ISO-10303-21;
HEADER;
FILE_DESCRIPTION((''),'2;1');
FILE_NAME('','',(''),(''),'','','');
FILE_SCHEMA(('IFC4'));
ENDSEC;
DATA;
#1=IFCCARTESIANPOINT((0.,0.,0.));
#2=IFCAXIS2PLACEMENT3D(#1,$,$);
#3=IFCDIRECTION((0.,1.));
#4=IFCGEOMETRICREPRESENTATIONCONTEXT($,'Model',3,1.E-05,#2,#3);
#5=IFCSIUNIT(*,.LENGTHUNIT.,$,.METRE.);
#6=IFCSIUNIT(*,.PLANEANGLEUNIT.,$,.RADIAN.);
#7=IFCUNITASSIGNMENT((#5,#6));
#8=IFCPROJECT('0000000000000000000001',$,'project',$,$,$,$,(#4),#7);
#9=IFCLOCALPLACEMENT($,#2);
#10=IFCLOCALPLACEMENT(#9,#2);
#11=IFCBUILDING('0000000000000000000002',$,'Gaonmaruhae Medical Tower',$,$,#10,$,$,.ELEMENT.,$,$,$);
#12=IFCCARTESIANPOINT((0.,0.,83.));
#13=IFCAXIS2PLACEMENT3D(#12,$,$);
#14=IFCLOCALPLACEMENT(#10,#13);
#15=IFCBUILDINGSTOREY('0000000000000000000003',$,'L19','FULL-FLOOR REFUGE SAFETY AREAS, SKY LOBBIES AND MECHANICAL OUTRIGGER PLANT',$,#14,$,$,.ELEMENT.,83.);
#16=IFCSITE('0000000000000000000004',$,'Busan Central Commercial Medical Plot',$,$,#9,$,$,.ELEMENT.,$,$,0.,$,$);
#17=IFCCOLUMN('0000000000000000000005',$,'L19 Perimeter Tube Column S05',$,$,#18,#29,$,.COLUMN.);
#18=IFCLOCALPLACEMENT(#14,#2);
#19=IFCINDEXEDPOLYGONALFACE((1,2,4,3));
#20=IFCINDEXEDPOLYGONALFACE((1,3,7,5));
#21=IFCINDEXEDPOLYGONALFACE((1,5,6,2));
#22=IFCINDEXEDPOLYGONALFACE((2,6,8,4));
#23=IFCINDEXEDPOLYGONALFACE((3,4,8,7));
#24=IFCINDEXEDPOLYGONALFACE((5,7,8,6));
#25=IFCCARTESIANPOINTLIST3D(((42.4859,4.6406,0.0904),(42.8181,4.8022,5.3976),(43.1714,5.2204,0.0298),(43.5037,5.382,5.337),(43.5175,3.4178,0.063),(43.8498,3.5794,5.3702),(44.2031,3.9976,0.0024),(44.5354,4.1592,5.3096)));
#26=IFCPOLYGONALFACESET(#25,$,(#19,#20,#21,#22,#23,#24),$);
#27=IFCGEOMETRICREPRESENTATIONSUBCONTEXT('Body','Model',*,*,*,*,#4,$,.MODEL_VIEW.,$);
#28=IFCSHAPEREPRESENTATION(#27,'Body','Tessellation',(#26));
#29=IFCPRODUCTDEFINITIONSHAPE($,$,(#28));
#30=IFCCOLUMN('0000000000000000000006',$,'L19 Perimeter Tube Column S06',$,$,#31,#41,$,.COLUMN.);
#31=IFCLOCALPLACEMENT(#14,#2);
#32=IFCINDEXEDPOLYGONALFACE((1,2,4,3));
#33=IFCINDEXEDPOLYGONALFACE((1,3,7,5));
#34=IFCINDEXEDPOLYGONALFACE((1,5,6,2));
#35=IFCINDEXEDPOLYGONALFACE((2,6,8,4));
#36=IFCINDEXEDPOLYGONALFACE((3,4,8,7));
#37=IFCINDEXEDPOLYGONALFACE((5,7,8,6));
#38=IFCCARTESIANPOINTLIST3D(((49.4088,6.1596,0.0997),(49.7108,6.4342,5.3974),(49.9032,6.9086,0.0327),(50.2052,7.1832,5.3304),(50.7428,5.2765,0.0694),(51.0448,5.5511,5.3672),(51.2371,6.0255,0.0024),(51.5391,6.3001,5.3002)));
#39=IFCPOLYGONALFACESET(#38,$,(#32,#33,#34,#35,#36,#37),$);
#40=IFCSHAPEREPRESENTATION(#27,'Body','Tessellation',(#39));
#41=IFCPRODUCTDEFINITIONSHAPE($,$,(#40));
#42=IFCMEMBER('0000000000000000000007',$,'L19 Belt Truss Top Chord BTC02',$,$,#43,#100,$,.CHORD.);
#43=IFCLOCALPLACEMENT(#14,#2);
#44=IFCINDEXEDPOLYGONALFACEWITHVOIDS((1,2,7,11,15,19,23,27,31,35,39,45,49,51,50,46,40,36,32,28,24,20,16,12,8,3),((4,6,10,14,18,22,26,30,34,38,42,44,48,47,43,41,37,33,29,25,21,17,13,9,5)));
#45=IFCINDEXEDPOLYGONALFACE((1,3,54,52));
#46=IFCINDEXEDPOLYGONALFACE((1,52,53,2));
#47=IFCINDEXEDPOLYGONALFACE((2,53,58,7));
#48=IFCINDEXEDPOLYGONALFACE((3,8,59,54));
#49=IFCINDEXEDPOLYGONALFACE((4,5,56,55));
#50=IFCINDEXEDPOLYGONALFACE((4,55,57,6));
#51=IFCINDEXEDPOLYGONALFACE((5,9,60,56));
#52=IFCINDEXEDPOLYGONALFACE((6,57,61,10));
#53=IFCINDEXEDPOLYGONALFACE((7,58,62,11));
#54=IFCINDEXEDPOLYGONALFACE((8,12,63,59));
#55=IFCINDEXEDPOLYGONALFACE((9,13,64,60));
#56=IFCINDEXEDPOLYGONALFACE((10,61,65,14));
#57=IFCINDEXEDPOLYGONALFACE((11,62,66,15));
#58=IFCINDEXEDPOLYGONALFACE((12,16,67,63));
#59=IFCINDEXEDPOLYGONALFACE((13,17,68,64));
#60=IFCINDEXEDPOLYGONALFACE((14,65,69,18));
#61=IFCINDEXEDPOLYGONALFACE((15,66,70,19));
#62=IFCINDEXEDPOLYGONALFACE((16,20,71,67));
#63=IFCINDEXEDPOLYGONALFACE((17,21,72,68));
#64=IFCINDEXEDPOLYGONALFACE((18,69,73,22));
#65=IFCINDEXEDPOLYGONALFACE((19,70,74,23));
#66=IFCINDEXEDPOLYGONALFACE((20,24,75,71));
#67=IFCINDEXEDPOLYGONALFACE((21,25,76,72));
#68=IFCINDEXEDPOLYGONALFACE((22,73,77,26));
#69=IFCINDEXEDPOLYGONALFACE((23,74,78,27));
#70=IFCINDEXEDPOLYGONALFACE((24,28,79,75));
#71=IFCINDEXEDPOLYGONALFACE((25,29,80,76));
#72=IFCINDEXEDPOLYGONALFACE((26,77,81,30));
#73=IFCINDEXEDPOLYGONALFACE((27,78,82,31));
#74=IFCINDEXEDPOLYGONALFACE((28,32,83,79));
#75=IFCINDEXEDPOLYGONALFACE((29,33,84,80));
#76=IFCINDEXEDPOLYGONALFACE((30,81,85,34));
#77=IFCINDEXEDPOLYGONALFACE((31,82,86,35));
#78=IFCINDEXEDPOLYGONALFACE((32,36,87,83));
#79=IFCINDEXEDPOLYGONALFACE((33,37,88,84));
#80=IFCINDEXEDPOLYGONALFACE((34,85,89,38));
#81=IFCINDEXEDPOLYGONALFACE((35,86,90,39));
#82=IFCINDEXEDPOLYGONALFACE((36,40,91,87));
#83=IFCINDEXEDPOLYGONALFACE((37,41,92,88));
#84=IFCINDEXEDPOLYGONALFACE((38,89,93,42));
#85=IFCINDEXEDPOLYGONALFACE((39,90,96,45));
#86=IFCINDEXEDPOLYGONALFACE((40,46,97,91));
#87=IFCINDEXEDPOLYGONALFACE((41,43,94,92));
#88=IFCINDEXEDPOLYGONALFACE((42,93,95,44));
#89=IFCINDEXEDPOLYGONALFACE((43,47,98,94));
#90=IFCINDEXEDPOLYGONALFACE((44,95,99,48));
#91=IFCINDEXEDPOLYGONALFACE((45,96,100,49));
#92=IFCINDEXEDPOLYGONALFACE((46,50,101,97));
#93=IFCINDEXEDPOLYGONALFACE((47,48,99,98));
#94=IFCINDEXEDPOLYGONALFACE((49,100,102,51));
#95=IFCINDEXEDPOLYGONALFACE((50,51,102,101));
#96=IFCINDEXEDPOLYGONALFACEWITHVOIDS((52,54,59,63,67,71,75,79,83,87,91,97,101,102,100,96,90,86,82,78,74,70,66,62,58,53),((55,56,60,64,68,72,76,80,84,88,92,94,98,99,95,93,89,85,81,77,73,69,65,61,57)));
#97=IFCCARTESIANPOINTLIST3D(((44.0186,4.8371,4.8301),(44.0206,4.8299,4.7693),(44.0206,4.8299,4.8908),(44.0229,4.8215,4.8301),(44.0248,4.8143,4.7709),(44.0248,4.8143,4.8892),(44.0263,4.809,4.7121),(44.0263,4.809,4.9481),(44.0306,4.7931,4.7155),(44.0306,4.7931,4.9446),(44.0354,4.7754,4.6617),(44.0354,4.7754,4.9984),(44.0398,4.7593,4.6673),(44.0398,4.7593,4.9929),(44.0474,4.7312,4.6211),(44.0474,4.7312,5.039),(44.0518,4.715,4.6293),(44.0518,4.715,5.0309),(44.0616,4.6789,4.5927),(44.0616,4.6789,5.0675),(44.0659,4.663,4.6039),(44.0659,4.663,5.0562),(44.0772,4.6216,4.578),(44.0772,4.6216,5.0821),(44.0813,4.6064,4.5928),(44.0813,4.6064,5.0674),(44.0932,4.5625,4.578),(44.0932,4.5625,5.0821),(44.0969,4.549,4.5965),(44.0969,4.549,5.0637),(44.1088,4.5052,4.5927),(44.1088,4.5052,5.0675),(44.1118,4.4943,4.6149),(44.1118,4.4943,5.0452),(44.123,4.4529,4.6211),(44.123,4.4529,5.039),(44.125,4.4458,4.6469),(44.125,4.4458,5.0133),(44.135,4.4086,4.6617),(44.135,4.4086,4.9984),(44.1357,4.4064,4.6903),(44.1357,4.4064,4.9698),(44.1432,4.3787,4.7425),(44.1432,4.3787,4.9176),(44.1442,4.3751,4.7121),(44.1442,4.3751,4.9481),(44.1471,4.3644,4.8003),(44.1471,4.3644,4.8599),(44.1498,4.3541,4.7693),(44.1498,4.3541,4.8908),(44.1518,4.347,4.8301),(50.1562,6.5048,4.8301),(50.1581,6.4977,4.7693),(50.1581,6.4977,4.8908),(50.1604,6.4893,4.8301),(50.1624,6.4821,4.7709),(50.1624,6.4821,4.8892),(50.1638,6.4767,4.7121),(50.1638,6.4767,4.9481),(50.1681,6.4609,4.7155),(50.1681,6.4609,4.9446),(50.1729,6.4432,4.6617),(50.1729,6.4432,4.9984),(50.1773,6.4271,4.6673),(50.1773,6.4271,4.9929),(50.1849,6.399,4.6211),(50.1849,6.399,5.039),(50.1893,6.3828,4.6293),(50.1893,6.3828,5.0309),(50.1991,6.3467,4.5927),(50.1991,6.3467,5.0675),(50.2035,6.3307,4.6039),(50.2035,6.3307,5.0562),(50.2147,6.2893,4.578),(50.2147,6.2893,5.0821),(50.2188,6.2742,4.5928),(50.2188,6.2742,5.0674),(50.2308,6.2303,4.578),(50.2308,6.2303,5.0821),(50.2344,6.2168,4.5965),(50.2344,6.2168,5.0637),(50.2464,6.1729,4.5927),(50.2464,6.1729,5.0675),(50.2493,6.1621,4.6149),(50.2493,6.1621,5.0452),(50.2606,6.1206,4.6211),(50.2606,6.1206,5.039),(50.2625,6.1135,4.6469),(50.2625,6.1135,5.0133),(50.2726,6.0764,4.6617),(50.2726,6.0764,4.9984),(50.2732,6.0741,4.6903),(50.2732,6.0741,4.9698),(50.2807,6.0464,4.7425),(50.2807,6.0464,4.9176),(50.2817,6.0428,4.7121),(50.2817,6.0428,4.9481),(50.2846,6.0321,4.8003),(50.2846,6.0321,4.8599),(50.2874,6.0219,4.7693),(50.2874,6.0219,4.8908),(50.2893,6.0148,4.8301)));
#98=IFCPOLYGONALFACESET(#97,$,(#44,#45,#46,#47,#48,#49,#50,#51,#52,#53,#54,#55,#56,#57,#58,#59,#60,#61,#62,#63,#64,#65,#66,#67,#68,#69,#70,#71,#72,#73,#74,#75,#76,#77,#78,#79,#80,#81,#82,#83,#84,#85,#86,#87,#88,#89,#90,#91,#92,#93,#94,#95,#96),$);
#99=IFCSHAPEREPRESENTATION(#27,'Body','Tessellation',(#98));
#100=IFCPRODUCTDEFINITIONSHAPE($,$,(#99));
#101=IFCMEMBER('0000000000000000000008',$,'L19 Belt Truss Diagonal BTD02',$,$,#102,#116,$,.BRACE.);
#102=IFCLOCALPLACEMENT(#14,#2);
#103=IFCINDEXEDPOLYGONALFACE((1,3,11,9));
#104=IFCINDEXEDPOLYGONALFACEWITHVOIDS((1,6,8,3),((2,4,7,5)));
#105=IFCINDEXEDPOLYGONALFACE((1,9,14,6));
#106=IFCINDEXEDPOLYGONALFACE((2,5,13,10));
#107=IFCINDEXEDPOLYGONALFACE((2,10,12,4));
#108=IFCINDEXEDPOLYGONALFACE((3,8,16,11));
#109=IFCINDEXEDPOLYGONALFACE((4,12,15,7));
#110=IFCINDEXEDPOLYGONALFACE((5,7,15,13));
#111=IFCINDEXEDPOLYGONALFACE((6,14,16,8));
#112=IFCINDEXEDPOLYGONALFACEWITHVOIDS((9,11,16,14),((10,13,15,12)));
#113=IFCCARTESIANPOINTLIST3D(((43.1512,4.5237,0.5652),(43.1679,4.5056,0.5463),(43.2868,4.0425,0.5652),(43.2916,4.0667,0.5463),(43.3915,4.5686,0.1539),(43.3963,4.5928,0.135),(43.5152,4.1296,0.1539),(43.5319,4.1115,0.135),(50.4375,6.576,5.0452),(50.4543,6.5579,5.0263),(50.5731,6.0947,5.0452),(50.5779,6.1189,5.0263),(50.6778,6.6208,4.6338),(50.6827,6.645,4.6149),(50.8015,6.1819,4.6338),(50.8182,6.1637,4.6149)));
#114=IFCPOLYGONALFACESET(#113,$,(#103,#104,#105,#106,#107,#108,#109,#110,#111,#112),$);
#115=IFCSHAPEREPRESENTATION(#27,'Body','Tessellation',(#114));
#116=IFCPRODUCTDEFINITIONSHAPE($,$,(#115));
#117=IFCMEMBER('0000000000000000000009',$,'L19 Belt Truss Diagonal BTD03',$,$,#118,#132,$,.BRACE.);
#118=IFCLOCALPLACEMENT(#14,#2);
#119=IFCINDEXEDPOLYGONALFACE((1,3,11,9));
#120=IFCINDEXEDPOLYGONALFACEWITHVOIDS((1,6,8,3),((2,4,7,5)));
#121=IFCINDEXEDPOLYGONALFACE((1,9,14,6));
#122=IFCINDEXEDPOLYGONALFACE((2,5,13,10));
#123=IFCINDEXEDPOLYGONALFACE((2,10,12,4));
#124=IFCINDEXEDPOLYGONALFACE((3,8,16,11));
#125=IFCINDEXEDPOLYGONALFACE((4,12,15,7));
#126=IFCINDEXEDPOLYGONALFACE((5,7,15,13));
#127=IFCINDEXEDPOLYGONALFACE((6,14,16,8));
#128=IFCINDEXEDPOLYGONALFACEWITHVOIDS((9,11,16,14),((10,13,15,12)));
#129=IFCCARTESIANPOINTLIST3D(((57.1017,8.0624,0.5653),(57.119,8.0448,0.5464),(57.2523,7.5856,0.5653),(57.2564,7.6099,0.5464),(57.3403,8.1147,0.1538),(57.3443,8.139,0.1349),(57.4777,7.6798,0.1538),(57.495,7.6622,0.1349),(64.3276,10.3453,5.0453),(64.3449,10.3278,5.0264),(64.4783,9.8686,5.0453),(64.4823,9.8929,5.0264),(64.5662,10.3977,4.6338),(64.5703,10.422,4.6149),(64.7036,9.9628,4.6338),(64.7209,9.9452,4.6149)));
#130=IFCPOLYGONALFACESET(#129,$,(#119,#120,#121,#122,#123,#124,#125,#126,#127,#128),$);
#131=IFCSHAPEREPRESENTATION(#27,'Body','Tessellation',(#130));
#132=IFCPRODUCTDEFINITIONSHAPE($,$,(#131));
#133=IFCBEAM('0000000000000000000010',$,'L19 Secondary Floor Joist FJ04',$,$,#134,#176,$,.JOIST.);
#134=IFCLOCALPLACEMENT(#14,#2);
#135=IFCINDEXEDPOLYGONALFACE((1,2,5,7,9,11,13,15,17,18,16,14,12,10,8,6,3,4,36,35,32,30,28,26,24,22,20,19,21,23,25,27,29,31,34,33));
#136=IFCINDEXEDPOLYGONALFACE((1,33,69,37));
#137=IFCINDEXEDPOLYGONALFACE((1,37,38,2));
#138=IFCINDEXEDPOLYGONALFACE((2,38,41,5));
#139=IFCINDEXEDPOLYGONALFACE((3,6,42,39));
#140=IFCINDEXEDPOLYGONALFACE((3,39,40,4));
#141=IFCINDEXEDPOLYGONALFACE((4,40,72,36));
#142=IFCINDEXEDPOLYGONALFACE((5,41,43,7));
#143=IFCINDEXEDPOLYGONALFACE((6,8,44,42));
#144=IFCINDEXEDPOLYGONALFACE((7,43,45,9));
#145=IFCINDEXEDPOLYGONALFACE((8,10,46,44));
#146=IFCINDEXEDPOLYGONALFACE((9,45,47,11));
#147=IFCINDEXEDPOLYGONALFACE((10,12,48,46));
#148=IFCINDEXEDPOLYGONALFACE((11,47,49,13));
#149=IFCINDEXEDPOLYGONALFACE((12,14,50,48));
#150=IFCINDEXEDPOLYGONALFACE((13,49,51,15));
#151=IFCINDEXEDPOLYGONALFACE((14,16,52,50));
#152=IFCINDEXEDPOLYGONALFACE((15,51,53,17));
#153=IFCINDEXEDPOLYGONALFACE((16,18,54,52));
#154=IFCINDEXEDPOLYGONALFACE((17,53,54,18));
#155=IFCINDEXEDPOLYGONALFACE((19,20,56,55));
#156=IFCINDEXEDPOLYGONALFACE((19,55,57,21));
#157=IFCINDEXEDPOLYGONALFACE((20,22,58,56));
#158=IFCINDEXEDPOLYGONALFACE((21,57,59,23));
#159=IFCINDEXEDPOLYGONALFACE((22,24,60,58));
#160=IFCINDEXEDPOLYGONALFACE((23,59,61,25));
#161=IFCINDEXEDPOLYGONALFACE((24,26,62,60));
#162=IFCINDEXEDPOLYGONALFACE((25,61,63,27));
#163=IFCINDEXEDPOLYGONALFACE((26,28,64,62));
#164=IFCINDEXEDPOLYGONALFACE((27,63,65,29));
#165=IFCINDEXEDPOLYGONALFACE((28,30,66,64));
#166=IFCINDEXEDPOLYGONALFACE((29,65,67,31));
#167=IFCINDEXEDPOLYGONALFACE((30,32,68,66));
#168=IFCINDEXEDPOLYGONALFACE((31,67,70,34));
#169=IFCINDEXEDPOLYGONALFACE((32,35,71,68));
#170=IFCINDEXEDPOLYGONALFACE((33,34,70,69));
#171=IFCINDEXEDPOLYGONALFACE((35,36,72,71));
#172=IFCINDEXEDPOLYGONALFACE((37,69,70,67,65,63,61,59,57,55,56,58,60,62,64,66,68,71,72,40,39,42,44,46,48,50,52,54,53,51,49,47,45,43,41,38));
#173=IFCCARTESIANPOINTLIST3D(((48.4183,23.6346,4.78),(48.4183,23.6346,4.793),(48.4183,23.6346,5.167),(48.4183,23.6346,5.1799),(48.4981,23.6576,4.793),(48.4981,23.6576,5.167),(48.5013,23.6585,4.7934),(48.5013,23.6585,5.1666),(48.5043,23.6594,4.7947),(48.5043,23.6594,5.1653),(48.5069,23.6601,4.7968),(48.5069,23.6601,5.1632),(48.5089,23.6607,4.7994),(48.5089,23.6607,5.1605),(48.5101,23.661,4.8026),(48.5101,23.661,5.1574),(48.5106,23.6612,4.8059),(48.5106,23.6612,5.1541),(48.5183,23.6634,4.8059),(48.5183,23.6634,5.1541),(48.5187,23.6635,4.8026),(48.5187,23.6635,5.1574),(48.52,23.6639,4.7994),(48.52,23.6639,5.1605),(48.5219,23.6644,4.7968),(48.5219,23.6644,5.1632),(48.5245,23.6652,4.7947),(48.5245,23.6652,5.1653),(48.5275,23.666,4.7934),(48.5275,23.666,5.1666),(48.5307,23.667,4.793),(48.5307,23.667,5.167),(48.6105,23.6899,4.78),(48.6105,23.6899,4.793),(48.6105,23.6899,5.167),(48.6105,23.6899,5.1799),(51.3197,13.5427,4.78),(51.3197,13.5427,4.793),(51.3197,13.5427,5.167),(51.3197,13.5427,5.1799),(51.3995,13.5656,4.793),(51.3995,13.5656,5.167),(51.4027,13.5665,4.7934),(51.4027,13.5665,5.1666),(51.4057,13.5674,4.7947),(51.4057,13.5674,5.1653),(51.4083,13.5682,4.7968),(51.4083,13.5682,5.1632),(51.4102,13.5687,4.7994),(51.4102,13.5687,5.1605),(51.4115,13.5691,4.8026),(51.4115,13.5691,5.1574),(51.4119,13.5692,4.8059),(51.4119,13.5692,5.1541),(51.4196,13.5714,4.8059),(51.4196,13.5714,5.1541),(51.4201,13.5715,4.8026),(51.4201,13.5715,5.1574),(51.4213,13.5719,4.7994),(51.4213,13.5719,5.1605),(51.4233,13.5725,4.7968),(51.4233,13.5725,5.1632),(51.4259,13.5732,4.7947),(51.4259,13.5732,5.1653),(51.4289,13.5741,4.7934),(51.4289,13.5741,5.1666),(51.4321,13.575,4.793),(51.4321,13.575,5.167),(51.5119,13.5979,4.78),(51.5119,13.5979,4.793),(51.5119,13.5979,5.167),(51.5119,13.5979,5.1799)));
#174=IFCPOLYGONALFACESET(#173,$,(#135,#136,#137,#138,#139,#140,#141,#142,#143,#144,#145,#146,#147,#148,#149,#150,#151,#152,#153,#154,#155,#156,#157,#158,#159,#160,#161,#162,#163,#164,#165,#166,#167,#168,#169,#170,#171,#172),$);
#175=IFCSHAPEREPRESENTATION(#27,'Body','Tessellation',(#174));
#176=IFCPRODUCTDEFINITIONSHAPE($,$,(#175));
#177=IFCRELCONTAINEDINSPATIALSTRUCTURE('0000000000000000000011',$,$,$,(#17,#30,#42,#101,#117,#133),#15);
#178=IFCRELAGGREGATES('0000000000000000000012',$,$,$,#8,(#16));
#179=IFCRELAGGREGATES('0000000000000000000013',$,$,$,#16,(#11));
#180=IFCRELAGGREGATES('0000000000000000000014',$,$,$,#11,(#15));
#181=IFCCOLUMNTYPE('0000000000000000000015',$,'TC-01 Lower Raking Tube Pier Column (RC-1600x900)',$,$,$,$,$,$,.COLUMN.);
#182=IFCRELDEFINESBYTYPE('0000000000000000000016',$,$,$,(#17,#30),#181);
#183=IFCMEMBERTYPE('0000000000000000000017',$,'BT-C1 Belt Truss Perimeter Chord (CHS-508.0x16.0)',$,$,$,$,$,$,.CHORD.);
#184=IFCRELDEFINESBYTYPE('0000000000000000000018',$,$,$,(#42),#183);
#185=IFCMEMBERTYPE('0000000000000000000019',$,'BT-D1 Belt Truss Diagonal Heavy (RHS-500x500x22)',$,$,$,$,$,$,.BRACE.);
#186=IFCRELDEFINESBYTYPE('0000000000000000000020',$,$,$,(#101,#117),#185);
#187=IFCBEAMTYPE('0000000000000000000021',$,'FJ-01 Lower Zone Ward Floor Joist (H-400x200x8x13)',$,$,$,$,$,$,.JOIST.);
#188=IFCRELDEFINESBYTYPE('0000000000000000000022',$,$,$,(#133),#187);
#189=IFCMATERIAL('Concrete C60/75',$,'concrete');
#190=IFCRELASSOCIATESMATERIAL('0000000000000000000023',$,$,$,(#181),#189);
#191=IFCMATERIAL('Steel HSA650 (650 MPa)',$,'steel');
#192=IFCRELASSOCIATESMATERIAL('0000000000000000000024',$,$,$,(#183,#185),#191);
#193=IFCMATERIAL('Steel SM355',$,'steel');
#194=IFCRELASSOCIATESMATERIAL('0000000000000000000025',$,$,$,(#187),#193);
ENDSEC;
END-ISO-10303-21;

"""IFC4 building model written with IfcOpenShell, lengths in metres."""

from ifc_helpers import new_model, si_unit, direction, frame, origin, origin_2d, place, context, subcontext, project, spatial, rectangle, hollow_rectangle, hollow_circle, i_section, extrude, material, material_profile, profile_set, type_object, element, save


model = new_model("IFC4")

# Units and contexts
model_context = context("Model", 3, precision=1e-05, world=origin(), true_north=direction((0.0, 1.0)))
body_context = subcontext(model_context, "Body", "Model", "MODEL_VIEW")
ifc_project = project(units=[si_unit("LENGTHUNIT", "METRE"), si_unit("PLANEANGLEUNIT", "RADIAN")], contexts=[model_context])

# Site, building, storey
site_placement = place(None, origin())
site = spatial("IfcSite", under=ifc_project, at=site_placement, Name="Busan Central Commercial Medical Plot", CompositionType="ELEMENT", RefElevation=0.0)
building_placement = place(site_placement, origin())
building = spatial("IfcBuilding", under=site, at=building_placement, Name="Gaonmaruhae Medical Tower", CompositionType="ELEMENT")
storey_placement = place(building_placement, frame((0.0, 0.0, 83.0)))
storey = spatial("IfcBuildingStorey", under=building, at=storey_placement, Name="L19", Description="FULL-FLOOR REFUGE SAFETY AREAS, SKY LOBBIES AND MECHANICAL OUTRIGGER PLANT", CompositionType="ELEMENT", Elevation=83.0)

# Columns
ifc_material_1 = material(Name="Concrete C60/75", Category="concrete")
ifc_material_profile_1 = material_profile(ifc_material_1, rectangle(XDim=1.6001, YDim=0.8999, at=origin_2d()), Name="RC-1600x900")
ifc_profile_set_1 = profile_set([ifc_material_profile_1], Name="Concrete C60/75")
column_type = type_object("IfcColumnType", Name="TC-01 Lower Raking Tube Pier Column (RC-1600x900)", PredefinedType="COLUMN", material=ifc_profile_set_1)
column_1_placement = place(storey_placement, frame((43.3445, 4.3191, 0.0464), z_axis=(0.062458, 0.03038, 0.997585), x_axis=(-0.644771, 0.764184, 0.017097)))
element("IfcColumn", 1, at=column_1_placement, inside=storey, type_object=column_type, Name="L19 Perimeter Tube Column S05", PredefinedType="COLUMN", context=body_context, shape_type="SweptSolid", body=[
    extrude(rectangle(XDim=1.6001, YDim=0.8999, at=origin_2d()), origin(), (0.0, 0.0, 1.0), 5.3201),
])
column_2_placement = place(storey_placement, frame((50.323, 6.0925, 0.051), z_axis=(0.056836, 0.05169, 0.997045), x_axis=(-0.833687, 0.551914, 0.018911)))
element("IfcColumn", 2, at=column_2_placement, inside=storey, type_object=column_type, Name="L19 Perimeter Tube Column S06", PredefinedType="COLUMN", context=body_context, shape_type="SweptSolid", body=[
    extrude(rectangle(XDim=1.6001, YDim=0.8999, at=origin_2d()), origin(), (0.0, 0.0, 1.0), 5.3135),
])

# Members
ifc_material_2 = material(Name="Steel HSA650 (650 MPa)", Category="steel")
ifc_material_profile_2 = material_profile(ifc_material_2, hollow_circle(Radius=0.2539, WallThickness=0.0161, at=origin_2d()), Name="CHS-508.0x16.0")
ifc_profile_set_2 = profile_set([ifc_material_profile_2], Name="Steel HSA650 (650 MPa)")
member_type_1 = type_object("IfcMemberType", Name="BT-C1 Belt Truss Perimeter Chord (CHS-508.0x16.0)", PredefinedType="CHORD", material=ifc_profile_set_2)
member_1_placement = place(storey_placement, frame((44.0852, 4.592, 4.8301), z_axis=(0.965008, 0.262221, 0.0), x_axis=(-0.262221, 0.965008, 0.0)))
element("IfcMember", 3, at=member_1_placement, inside=storey, type_object=member_type_1, Name="L19 Belt Truss Top Chord BTC02", PredefinedType="CHORD", context=body_context, shape_type="SweptSolid", body=[
    extrude(hollow_circle(Radius=0.2539, WallThickness=0.0161, at=origin_2d()), origin(), (0.0, 0.0, 1.0), 6.3601),
])
ifc_material_profile_3 = material_profile(ifc_material_2, hollow_rectangle(XDim=0.5, YDim=0.5, WallThickness=0.022, at=origin_2d()), Name="RHS-500x500x22")
ifc_profile_set_3 = profile_set([ifc_material_profile_3], Name="Steel HSA650 (650 MPa)")
member_type_2 = type_object("IfcMemberType", Name="BT-D1 Belt Truss Diagonal Heavy (RHS-500x500x22)", PredefinedType="BRACE", material=ifc_profile_set_3)
member_2_placement = place(storey_placement, frame((43.3416, 4.3176, 0.3501), z_axis=(0.828355, 0.23331, 0.509308), x_axis=(-0.271107, 0.962549, 0.0)))
element("IfcMember", 4, at=member_2_placement, inside=storey, type_object=member_type_2, Name="L19 Belt Truss Diagonal BTD02", PredefinedType="BRACE", context=body_context, shape_type="SweptSolid", body=[
    extrude(hollow_rectangle(XDim=0.5, YDim=0.5, WallThickness=0.022, at=origin_2d()), origin(), (0.0, 0.0, 1.0), 8.7961),
])
member_3_placement = place(storey_placement, frame((57.2983, 7.8623, 0.3501), z_axis=(0.820827, 0.259336, 0.508909), x_axis=(-0.301266, 0.95354, 0.0)))
element("IfcMember", 5, at=member_3_placement, inside=storey, type_object=member_type_2, Name="L19 Belt Truss Diagonal BTD03", PredefinedType="BRACE", context=body_context, shape_type="SweptSolid", body=[
    extrude(hollow_rectangle(XDim=0.5, YDim=0.5, WallThickness=0.022, at=origin_2d()), origin(), (0.0, 0.0, 1.0), 8.8032),
])

# Beam
ifc_material_3 = material(Name="Steel SM355", Category="steel")
ifc_material_profile_4 = material_profile(ifc_material_3, i_section(OverallWidth=0.2, OverallDepth=0.3999, WebThickness=0.0081, FlangeThickness=0.0129, FilletRadius=0.0129, at=origin_2d()), Name="H-400x200x8x13")
ifc_profile_set_4 = profile_set([ifc_material_profile_4], Name="Steel SM355")
beam_type_1 = type_object("IfcBeamType", Name="FJ-01 Lower Zone Ward Floor Joist (H-400x200x8x13)", PredefinedType="JOIST", material=ifc_profile_set_4)
beam_1_placement = place(storey_placement, frame((51.4158, 13.5703, 4.98), z_axis=(-0.276299, 0.961072, 0.0), x_axis=(-0.961072, -0.276299, 0.0)))
element("IfcBeam", 6, at=beam_1_placement, inside=storey, type_object=beam_type_1, Name="L19 Secondary Floor Joist FJ04", PredefinedType="JOIST", context=body_context, shape_type="SweptSolid", body=[
    extrude(i_section(OverallWidth=0.2, OverallDepth=0.3999, WebThickness=0.0081, FlangeThickness=0.0129, FilletRadius=0.0129, at=origin_2d()), origin(), (0.0, 0.0, 1.0), 10.5007),
])

save(model, "model.ifc")
